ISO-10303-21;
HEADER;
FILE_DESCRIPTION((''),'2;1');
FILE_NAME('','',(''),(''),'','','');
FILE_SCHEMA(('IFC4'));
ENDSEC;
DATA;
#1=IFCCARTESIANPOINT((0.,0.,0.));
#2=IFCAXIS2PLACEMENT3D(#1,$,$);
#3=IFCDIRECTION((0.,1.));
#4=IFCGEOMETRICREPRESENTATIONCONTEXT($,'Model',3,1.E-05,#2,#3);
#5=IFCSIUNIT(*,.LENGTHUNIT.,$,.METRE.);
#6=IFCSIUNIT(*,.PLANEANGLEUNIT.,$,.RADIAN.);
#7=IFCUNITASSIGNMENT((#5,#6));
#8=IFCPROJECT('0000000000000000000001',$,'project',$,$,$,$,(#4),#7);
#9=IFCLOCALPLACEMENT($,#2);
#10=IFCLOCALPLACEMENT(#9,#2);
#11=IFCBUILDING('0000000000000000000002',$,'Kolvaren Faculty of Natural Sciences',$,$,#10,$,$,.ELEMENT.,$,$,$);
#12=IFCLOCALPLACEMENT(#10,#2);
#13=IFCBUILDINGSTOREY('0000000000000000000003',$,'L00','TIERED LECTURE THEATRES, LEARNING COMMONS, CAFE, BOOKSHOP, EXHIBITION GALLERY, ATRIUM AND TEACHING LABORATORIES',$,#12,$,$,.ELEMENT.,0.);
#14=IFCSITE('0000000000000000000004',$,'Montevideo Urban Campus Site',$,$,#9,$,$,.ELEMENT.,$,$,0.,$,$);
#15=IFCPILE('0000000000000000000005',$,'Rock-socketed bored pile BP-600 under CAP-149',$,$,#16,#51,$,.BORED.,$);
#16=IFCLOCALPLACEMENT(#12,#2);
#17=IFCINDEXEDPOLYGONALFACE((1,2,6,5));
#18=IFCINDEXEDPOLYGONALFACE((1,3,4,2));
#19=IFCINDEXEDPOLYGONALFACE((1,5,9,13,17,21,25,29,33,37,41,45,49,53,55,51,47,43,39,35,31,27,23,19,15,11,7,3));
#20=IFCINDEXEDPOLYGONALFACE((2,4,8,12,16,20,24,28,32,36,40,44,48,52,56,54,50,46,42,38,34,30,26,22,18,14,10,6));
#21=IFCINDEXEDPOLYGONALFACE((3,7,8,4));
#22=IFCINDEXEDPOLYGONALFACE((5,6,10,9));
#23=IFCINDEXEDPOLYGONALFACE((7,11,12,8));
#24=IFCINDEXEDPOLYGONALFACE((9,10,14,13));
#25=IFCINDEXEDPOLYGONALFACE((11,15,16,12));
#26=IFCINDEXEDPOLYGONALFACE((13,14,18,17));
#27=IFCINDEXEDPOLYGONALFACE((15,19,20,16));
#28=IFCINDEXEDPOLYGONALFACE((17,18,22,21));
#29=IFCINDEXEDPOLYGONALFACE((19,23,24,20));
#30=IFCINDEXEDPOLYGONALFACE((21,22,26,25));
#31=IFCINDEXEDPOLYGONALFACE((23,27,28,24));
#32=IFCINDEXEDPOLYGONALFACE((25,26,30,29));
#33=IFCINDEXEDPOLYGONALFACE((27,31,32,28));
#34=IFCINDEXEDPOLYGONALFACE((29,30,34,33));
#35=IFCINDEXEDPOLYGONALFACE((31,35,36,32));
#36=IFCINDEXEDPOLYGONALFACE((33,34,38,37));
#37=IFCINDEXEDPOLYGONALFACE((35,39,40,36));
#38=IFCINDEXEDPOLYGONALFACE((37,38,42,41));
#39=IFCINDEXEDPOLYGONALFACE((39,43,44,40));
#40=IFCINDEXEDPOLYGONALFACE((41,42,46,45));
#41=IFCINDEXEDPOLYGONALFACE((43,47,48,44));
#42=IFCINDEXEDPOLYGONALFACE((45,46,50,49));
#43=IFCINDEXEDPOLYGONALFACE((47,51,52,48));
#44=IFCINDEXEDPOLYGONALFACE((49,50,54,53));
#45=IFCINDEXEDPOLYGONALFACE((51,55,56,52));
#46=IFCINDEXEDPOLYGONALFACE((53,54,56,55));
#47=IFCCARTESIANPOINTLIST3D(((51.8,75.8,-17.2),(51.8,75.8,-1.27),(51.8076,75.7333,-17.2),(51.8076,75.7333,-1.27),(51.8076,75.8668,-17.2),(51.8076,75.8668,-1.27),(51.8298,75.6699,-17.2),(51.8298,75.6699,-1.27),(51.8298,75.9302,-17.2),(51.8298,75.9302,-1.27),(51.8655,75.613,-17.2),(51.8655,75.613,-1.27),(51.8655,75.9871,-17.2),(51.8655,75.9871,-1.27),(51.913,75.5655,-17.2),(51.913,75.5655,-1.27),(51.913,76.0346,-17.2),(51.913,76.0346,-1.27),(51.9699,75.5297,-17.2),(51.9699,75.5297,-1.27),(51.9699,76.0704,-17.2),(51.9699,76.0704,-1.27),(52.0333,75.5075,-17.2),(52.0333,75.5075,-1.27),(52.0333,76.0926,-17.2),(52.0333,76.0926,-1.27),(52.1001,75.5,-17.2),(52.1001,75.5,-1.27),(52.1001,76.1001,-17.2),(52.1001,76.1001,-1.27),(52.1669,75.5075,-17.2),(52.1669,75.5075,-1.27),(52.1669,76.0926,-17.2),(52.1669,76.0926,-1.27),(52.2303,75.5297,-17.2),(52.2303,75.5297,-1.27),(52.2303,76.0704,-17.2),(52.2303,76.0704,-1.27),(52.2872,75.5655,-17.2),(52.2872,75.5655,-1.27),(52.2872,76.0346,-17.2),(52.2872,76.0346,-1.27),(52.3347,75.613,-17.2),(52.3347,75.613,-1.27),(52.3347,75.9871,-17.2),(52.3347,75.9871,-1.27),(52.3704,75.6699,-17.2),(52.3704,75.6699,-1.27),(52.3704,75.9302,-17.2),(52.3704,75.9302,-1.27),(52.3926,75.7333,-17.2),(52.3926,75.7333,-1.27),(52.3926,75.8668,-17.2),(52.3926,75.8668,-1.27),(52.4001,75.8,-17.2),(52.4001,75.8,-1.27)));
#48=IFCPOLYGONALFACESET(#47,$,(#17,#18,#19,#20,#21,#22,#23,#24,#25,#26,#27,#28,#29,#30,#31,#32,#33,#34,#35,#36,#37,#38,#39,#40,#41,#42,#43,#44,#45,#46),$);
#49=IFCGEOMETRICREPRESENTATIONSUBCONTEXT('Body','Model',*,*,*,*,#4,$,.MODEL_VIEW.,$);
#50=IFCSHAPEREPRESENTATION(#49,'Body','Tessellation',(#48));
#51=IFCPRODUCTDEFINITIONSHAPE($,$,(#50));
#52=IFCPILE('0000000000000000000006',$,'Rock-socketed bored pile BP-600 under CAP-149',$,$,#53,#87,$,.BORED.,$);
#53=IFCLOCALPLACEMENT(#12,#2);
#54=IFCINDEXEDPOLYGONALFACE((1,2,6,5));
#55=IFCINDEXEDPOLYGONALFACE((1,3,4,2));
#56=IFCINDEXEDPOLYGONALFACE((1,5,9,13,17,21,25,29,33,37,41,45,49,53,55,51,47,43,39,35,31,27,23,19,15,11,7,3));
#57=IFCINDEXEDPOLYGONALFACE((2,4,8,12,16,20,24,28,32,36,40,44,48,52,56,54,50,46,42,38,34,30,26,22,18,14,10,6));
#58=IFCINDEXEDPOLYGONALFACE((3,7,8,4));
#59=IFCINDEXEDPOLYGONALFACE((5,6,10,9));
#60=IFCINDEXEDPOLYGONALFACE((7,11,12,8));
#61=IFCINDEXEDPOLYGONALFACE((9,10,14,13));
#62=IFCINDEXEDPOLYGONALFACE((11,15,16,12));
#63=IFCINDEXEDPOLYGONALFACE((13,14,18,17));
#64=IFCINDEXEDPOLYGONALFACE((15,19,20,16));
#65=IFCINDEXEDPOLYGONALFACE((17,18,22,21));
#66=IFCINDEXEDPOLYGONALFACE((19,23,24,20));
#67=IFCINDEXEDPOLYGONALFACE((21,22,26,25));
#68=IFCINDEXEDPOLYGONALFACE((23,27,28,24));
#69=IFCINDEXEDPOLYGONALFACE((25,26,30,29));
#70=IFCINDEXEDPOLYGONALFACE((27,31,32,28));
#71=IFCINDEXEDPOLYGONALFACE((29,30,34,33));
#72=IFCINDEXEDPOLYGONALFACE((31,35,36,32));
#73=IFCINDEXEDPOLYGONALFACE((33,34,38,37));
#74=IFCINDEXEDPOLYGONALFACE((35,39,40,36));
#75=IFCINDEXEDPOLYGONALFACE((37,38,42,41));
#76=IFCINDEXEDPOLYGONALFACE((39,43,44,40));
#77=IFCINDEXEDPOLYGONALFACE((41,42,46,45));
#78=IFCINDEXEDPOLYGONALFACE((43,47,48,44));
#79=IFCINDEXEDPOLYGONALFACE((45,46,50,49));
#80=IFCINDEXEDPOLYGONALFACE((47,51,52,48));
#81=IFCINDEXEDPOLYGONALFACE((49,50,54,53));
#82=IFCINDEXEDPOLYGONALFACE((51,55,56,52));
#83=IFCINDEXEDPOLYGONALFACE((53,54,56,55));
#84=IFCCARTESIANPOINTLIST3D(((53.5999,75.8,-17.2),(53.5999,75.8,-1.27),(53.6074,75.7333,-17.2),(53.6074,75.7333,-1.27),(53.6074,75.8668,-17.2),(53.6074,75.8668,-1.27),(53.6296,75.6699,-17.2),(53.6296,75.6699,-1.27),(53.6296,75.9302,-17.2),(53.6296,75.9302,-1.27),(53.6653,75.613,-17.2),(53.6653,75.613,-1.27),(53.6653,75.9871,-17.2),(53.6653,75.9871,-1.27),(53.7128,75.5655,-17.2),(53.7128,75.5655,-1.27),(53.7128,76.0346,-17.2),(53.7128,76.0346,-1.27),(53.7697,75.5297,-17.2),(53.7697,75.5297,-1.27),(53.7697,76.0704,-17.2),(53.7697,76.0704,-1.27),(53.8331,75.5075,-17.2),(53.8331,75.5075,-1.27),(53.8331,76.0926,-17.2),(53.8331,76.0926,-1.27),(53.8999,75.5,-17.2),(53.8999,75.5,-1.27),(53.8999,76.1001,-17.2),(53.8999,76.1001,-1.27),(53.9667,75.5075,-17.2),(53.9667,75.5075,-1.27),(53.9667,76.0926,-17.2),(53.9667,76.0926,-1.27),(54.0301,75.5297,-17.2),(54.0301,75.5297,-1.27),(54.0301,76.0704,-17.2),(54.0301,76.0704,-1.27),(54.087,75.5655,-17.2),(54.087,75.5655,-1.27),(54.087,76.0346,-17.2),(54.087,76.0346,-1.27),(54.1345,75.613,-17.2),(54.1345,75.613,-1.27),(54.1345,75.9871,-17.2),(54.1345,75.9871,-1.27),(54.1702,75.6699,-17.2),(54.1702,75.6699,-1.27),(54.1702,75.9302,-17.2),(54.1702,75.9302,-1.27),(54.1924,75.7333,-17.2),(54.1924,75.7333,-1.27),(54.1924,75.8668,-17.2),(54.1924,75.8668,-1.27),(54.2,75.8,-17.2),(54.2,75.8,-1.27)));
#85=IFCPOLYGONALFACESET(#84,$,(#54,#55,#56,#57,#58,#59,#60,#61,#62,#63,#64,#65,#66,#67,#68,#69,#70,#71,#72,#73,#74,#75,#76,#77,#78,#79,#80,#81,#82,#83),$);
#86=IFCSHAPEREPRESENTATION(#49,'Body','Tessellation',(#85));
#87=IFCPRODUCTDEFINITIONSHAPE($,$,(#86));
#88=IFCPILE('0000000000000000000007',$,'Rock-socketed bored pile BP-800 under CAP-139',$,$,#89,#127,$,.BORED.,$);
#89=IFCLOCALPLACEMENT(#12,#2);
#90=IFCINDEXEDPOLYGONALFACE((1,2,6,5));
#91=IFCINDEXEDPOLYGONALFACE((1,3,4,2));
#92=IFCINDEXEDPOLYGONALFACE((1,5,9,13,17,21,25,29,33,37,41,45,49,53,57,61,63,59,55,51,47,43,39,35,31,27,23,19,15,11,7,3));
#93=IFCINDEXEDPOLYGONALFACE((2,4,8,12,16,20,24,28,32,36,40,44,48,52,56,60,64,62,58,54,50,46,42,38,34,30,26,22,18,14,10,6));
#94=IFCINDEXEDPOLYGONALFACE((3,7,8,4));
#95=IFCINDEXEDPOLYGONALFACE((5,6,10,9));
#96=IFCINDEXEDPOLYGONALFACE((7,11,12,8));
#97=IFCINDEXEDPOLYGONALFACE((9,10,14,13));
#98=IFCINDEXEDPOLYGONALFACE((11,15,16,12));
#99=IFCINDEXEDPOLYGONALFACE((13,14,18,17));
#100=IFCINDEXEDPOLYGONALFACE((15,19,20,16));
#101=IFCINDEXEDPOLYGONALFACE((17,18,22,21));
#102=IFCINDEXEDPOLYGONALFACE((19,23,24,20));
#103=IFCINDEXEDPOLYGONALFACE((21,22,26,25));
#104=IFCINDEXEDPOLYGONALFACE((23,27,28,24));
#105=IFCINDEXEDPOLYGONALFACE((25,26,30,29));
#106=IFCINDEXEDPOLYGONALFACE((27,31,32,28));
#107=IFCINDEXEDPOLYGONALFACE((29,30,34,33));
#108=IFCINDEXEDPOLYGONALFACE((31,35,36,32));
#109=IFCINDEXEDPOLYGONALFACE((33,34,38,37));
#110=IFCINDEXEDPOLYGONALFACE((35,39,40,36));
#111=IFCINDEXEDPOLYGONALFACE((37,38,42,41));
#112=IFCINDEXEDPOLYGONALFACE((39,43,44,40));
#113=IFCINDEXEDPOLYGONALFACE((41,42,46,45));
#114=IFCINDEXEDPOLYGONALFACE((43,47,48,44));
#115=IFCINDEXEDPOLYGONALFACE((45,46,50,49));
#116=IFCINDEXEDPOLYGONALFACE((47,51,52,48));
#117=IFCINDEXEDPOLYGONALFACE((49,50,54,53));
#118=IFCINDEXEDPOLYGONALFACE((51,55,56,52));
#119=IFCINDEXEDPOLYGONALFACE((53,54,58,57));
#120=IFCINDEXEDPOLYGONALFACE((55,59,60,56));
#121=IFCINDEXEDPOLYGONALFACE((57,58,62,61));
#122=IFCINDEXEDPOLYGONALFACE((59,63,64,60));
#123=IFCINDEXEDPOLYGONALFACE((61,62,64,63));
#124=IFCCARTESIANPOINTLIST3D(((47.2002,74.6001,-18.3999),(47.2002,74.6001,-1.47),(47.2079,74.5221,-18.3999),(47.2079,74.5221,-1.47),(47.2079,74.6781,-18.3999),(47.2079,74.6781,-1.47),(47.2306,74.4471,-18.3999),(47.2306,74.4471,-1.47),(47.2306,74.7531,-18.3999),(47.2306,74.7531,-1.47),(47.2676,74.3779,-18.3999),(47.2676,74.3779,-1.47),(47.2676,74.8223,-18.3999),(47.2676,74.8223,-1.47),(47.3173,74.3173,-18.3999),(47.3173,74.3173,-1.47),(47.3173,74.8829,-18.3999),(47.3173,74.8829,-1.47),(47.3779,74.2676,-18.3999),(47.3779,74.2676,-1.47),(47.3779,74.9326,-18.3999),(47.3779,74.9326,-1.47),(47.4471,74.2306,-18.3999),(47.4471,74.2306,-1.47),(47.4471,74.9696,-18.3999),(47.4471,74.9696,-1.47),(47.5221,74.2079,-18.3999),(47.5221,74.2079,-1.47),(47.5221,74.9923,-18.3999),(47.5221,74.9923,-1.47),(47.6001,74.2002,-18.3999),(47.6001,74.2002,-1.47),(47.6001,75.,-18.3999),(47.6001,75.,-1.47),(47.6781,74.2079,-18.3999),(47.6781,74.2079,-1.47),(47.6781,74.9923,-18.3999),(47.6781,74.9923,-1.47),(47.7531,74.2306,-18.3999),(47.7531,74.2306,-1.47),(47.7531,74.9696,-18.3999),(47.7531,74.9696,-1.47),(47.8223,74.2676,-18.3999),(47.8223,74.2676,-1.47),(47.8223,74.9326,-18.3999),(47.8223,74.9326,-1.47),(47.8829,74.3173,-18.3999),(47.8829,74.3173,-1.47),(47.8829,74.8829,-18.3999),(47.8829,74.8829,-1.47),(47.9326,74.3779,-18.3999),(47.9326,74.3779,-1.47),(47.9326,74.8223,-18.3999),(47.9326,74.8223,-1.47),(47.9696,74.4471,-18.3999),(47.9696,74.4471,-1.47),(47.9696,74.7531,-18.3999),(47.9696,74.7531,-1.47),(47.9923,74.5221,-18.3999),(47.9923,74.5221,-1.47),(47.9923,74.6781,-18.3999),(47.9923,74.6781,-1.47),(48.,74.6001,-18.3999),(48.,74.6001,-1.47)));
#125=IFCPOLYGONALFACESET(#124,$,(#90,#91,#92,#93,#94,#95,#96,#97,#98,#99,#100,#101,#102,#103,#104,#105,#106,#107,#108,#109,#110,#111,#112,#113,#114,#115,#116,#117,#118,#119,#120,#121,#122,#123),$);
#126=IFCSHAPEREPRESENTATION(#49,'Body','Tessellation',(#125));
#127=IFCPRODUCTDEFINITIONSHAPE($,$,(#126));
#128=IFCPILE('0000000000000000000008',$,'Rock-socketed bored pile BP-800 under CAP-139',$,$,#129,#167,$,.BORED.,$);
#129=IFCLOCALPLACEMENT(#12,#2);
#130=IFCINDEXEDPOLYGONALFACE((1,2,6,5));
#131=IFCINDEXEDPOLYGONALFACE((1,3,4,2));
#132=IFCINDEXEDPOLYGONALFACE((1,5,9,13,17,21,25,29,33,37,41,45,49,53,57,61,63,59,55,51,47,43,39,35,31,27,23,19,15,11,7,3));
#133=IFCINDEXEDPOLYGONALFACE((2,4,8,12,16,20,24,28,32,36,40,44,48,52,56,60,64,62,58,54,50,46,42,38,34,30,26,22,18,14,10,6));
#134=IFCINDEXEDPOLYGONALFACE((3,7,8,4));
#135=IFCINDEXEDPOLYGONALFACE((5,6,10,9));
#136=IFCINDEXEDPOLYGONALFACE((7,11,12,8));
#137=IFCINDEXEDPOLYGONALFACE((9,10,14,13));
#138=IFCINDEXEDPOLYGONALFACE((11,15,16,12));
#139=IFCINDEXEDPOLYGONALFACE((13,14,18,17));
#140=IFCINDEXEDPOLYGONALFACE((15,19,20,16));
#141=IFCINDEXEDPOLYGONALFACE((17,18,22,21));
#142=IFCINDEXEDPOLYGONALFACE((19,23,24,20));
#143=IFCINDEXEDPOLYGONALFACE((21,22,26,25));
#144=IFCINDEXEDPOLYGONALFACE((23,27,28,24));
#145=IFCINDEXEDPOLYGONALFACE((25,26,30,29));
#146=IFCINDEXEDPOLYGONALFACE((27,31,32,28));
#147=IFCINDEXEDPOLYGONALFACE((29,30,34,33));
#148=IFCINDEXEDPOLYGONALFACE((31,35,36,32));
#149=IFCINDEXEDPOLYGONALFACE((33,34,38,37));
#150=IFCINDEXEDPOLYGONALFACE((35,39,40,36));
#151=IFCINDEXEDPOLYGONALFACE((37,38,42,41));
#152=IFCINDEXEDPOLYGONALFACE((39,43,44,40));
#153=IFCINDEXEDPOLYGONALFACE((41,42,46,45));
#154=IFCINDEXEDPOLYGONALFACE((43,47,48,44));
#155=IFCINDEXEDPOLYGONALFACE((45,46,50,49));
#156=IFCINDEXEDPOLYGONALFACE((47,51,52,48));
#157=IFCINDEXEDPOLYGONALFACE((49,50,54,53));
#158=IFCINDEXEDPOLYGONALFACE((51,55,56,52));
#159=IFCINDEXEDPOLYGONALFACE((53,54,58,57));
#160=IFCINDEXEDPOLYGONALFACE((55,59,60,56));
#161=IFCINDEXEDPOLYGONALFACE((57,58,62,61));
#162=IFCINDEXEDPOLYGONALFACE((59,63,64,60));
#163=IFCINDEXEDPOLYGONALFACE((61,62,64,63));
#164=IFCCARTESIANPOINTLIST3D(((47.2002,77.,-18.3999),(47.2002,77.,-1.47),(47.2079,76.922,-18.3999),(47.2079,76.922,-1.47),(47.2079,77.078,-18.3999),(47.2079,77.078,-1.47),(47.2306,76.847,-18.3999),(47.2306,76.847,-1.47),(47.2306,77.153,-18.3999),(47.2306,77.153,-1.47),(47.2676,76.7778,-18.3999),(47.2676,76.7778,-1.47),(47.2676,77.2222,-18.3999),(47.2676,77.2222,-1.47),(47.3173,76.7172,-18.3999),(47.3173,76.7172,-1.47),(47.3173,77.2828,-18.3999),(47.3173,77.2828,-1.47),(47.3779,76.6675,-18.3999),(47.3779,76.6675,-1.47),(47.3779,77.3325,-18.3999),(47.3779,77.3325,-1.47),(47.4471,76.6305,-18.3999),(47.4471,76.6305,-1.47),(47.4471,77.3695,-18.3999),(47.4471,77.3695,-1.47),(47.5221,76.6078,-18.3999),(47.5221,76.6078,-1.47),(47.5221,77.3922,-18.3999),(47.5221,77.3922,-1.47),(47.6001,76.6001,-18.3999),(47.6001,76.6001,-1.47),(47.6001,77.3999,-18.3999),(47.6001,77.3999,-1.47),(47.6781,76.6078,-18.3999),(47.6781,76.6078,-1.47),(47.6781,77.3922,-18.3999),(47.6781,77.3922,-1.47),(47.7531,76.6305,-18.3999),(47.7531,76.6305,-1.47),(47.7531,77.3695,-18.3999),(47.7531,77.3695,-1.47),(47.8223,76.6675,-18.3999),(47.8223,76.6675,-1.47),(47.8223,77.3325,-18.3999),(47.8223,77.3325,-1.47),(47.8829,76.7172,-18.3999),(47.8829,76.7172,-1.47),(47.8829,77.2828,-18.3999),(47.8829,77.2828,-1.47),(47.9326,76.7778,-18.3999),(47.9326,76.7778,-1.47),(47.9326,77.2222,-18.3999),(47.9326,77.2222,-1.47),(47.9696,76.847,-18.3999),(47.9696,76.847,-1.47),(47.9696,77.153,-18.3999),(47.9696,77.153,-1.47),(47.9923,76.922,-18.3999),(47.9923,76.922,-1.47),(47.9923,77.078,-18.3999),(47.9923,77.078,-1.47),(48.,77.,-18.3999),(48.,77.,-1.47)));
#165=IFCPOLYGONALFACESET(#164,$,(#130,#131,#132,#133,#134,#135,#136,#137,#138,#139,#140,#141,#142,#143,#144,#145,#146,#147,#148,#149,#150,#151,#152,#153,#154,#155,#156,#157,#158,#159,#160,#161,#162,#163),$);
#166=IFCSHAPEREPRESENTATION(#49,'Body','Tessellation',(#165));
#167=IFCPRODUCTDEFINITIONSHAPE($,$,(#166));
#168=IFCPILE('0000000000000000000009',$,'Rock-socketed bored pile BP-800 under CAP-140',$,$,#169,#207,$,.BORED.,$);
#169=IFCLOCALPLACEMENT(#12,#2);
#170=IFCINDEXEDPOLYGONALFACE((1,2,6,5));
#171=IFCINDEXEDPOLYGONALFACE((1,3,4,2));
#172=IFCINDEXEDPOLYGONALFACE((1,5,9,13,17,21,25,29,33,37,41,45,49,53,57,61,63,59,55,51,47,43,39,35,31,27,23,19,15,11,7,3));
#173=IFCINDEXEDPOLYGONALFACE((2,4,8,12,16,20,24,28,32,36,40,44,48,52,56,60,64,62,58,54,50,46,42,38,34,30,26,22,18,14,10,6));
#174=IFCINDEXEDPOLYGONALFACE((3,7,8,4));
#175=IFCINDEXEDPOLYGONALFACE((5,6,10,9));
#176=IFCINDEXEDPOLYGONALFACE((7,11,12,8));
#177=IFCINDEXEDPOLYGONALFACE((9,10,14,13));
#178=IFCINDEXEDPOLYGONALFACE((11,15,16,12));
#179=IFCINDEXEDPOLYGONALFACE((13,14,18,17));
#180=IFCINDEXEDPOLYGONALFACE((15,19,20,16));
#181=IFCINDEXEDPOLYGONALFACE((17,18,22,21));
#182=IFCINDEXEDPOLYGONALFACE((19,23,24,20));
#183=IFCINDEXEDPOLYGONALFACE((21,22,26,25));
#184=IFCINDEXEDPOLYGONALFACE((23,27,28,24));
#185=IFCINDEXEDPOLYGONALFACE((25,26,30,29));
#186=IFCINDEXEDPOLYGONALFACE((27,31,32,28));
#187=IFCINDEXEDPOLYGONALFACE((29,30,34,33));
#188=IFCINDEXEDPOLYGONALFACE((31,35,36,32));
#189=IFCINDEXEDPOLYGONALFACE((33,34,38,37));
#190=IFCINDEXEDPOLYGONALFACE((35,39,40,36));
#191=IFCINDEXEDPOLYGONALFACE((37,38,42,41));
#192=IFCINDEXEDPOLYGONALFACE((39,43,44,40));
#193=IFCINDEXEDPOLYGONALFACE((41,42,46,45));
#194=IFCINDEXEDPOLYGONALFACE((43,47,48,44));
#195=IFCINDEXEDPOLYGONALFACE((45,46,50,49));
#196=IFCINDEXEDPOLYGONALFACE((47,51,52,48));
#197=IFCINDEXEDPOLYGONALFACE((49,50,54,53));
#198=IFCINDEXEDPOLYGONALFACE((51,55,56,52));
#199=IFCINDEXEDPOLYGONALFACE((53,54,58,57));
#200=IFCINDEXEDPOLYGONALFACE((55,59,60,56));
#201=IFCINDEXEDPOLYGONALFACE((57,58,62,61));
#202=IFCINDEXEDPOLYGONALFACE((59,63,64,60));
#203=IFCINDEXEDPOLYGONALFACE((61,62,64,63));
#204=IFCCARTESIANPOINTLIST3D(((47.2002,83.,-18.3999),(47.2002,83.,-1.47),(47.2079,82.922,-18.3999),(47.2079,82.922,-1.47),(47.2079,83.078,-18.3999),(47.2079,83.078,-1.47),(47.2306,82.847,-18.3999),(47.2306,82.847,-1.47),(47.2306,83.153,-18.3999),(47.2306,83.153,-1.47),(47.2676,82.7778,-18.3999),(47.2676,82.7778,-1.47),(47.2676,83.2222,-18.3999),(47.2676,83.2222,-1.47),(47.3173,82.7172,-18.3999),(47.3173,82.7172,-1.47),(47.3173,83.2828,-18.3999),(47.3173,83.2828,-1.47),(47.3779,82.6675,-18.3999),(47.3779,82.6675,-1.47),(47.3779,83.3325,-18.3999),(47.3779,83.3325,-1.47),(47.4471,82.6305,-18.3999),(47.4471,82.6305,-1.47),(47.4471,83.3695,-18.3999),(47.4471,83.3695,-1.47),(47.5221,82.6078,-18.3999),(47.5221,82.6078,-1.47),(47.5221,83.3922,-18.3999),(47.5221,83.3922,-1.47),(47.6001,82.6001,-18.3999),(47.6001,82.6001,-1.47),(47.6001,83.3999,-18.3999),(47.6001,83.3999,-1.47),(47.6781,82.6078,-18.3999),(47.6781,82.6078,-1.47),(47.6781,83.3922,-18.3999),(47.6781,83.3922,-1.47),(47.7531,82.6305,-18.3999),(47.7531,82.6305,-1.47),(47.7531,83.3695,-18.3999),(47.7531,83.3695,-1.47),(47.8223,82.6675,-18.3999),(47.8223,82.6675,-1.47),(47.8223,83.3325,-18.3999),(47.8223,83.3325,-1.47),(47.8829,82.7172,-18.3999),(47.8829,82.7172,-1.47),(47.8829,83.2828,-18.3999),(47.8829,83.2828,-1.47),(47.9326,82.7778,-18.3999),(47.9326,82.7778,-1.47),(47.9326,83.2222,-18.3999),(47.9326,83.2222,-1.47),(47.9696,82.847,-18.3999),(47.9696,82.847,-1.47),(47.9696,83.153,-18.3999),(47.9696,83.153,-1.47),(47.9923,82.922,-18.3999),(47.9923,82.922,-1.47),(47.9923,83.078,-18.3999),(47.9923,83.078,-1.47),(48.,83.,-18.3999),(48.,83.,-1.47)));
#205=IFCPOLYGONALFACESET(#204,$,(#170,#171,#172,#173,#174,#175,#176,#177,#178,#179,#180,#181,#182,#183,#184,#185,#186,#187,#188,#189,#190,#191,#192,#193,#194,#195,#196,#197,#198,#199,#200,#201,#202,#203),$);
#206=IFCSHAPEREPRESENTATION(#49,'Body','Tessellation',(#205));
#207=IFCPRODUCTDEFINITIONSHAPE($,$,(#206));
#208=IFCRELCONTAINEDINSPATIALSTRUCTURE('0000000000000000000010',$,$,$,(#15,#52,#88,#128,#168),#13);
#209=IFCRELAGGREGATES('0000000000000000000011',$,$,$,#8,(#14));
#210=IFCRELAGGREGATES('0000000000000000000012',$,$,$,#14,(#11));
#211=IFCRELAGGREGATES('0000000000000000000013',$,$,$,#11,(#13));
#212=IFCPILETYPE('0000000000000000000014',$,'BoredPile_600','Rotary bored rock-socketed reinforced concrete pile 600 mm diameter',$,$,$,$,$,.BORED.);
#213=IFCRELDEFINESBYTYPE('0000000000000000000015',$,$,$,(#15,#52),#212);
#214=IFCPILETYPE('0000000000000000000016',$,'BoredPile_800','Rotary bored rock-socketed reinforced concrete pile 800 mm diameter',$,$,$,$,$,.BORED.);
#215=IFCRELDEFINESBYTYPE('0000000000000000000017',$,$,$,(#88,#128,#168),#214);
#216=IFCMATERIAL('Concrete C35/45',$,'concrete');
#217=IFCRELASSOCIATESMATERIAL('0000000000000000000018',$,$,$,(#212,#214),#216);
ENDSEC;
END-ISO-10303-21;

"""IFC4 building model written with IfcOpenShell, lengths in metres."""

from ifc_helpers import new_model, si_unit, direction, frame, origin, origin_2d, place, context, subcontext, project, spatial, circle, extrude, material, material_profile, profile_set, type_object, element, save


model = new_model("IFC4")

# Units and contexts
model_context = context("Model", 3, precision=1e-05, world=origin(), true_north=direction((0.0, 1.0)))
body_context = subcontext(model_context, "Body", "Model", "MODEL_VIEW")
ifc_project = project(units=[si_unit("LENGTHUNIT", "METRE"), si_unit("PLANEANGLEUNIT", "RADIAN")], contexts=[model_context])

# Site, building, storey
site_placement = place(None, origin())
site = spatial("IfcSite", under=ifc_project, at=site_placement, Name="Montevideo Urban Campus Site", CompositionType="ELEMENT", RefElevation=0.0)
building_placement = place(site_placement, origin())
building = spatial("IfcBuilding", under=site, at=building_placement, Name="Kolvaren Faculty of Natural Sciences", CompositionType="ELEMENT")
storey_placement = place(building_placement, origin())
storey = spatial("IfcBuildingStorey", under=building, at=storey_placement, Name="L00", Description="TIERED LECTURE THEATRES, LEARNING COMMONS, CAFE, BOOKSHOP, EXHIBITION GALLERY, ATRIUM AND TEACHING LABORATORIES", CompositionType="ELEMENT", Elevation=0.0)

# Piles
ifc_material_1 = material(Name="Concrete C35/45", Category="concrete")
ifc_material_profile_1 = material_profile(ifc_material_1, circle(Radius=0.3, at=origin_2d()), Name="PILE D600")
ifc_profile_set_1 = profile_set([ifc_material_profile_1], Name="Concrete C35/45")
pile_type_1 = type_object("IfcPileType", Name="BoredPile_600", Description="Rotary bored rock-socketed reinforced concrete pile 600 mm diameter", PredefinedType="BORED", material=ifc_profile_set_1)
for number, where, z_axis, x_axis, name in (
    (1, (52.1001, 75.8, -1.27), (0.0, 0.0, -1.0), (1.0, 0.0, 0.0), "Rock-socketed bored pile BP-600 under CAP-149"),
    (2, (53.8999, 75.8, -1.27), (0.0, 0.0, -1.0), (1.0, 0.0, 0.0), "Rock-socketed bored pile BP-600 under CAP-149"),
):
    element("IfcPile", number, at=place(storey_placement, frame(where, z_axis=z_axis, x_axis=x_axis)), inside=storey, type_object=pile_type_1, Name=name, PredefinedType="BORED", context=body_context, shape_type="SweptSolid", body=[
        extrude(circle(Radius=0.3, at=origin_2d()), origin(), (0.0, 0.0, 1.0), 15.9299),
    ])
ifc_material_profile_2 = material_profile(ifc_material_1, circle(Radius=0.3999, at=origin_2d()), Name="PILE D800")
ifc_profile_set_2 = profile_set([ifc_material_profile_2], Name="Concrete C35/45")
pile_type_2 = type_object("IfcPileType", Name="BoredPile_800", Description="Rotary bored rock-socketed reinforced concrete pile 800 mm diameter", PredefinedType="BORED", material=ifc_profile_set_2)
for number, where, z_axis, x_axis, name in (
    (3, (47.6001, 74.6001, -1.47), (0.0, 0.0, -1.0), (1.0, 0.0, 0.0), "Rock-socketed bored pile BP-800 under CAP-139"),
    (4, (47.6001, 77.0, -1.47), (0.0, 0.0, -1.0), (1.0, 0.0, 0.0), "Rock-socketed bored pile BP-800 under CAP-139"),
    (5, (47.6001, 83.0, -1.47), (0.0, 0.0, -1.0), (1.0, 0.0, 0.0), "Rock-socketed bored pile BP-800 under CAP-140"),
):
    element("IfcPile", number, at=place(storey_placement, frame(where, z_axis=z_axis, x_axis=x_axis)), inside=storey, type_object=pile_type_2, Name=name, PredefinedType="BORED", context=body_context, shape_type="SweptSolid", body=[
        extrude(circle(Radius=0.3999, at=origin_2d()), origin(), (0.0, 0.0, 1.0), 16.9299),
    ])

save(model, "model.ifc")
